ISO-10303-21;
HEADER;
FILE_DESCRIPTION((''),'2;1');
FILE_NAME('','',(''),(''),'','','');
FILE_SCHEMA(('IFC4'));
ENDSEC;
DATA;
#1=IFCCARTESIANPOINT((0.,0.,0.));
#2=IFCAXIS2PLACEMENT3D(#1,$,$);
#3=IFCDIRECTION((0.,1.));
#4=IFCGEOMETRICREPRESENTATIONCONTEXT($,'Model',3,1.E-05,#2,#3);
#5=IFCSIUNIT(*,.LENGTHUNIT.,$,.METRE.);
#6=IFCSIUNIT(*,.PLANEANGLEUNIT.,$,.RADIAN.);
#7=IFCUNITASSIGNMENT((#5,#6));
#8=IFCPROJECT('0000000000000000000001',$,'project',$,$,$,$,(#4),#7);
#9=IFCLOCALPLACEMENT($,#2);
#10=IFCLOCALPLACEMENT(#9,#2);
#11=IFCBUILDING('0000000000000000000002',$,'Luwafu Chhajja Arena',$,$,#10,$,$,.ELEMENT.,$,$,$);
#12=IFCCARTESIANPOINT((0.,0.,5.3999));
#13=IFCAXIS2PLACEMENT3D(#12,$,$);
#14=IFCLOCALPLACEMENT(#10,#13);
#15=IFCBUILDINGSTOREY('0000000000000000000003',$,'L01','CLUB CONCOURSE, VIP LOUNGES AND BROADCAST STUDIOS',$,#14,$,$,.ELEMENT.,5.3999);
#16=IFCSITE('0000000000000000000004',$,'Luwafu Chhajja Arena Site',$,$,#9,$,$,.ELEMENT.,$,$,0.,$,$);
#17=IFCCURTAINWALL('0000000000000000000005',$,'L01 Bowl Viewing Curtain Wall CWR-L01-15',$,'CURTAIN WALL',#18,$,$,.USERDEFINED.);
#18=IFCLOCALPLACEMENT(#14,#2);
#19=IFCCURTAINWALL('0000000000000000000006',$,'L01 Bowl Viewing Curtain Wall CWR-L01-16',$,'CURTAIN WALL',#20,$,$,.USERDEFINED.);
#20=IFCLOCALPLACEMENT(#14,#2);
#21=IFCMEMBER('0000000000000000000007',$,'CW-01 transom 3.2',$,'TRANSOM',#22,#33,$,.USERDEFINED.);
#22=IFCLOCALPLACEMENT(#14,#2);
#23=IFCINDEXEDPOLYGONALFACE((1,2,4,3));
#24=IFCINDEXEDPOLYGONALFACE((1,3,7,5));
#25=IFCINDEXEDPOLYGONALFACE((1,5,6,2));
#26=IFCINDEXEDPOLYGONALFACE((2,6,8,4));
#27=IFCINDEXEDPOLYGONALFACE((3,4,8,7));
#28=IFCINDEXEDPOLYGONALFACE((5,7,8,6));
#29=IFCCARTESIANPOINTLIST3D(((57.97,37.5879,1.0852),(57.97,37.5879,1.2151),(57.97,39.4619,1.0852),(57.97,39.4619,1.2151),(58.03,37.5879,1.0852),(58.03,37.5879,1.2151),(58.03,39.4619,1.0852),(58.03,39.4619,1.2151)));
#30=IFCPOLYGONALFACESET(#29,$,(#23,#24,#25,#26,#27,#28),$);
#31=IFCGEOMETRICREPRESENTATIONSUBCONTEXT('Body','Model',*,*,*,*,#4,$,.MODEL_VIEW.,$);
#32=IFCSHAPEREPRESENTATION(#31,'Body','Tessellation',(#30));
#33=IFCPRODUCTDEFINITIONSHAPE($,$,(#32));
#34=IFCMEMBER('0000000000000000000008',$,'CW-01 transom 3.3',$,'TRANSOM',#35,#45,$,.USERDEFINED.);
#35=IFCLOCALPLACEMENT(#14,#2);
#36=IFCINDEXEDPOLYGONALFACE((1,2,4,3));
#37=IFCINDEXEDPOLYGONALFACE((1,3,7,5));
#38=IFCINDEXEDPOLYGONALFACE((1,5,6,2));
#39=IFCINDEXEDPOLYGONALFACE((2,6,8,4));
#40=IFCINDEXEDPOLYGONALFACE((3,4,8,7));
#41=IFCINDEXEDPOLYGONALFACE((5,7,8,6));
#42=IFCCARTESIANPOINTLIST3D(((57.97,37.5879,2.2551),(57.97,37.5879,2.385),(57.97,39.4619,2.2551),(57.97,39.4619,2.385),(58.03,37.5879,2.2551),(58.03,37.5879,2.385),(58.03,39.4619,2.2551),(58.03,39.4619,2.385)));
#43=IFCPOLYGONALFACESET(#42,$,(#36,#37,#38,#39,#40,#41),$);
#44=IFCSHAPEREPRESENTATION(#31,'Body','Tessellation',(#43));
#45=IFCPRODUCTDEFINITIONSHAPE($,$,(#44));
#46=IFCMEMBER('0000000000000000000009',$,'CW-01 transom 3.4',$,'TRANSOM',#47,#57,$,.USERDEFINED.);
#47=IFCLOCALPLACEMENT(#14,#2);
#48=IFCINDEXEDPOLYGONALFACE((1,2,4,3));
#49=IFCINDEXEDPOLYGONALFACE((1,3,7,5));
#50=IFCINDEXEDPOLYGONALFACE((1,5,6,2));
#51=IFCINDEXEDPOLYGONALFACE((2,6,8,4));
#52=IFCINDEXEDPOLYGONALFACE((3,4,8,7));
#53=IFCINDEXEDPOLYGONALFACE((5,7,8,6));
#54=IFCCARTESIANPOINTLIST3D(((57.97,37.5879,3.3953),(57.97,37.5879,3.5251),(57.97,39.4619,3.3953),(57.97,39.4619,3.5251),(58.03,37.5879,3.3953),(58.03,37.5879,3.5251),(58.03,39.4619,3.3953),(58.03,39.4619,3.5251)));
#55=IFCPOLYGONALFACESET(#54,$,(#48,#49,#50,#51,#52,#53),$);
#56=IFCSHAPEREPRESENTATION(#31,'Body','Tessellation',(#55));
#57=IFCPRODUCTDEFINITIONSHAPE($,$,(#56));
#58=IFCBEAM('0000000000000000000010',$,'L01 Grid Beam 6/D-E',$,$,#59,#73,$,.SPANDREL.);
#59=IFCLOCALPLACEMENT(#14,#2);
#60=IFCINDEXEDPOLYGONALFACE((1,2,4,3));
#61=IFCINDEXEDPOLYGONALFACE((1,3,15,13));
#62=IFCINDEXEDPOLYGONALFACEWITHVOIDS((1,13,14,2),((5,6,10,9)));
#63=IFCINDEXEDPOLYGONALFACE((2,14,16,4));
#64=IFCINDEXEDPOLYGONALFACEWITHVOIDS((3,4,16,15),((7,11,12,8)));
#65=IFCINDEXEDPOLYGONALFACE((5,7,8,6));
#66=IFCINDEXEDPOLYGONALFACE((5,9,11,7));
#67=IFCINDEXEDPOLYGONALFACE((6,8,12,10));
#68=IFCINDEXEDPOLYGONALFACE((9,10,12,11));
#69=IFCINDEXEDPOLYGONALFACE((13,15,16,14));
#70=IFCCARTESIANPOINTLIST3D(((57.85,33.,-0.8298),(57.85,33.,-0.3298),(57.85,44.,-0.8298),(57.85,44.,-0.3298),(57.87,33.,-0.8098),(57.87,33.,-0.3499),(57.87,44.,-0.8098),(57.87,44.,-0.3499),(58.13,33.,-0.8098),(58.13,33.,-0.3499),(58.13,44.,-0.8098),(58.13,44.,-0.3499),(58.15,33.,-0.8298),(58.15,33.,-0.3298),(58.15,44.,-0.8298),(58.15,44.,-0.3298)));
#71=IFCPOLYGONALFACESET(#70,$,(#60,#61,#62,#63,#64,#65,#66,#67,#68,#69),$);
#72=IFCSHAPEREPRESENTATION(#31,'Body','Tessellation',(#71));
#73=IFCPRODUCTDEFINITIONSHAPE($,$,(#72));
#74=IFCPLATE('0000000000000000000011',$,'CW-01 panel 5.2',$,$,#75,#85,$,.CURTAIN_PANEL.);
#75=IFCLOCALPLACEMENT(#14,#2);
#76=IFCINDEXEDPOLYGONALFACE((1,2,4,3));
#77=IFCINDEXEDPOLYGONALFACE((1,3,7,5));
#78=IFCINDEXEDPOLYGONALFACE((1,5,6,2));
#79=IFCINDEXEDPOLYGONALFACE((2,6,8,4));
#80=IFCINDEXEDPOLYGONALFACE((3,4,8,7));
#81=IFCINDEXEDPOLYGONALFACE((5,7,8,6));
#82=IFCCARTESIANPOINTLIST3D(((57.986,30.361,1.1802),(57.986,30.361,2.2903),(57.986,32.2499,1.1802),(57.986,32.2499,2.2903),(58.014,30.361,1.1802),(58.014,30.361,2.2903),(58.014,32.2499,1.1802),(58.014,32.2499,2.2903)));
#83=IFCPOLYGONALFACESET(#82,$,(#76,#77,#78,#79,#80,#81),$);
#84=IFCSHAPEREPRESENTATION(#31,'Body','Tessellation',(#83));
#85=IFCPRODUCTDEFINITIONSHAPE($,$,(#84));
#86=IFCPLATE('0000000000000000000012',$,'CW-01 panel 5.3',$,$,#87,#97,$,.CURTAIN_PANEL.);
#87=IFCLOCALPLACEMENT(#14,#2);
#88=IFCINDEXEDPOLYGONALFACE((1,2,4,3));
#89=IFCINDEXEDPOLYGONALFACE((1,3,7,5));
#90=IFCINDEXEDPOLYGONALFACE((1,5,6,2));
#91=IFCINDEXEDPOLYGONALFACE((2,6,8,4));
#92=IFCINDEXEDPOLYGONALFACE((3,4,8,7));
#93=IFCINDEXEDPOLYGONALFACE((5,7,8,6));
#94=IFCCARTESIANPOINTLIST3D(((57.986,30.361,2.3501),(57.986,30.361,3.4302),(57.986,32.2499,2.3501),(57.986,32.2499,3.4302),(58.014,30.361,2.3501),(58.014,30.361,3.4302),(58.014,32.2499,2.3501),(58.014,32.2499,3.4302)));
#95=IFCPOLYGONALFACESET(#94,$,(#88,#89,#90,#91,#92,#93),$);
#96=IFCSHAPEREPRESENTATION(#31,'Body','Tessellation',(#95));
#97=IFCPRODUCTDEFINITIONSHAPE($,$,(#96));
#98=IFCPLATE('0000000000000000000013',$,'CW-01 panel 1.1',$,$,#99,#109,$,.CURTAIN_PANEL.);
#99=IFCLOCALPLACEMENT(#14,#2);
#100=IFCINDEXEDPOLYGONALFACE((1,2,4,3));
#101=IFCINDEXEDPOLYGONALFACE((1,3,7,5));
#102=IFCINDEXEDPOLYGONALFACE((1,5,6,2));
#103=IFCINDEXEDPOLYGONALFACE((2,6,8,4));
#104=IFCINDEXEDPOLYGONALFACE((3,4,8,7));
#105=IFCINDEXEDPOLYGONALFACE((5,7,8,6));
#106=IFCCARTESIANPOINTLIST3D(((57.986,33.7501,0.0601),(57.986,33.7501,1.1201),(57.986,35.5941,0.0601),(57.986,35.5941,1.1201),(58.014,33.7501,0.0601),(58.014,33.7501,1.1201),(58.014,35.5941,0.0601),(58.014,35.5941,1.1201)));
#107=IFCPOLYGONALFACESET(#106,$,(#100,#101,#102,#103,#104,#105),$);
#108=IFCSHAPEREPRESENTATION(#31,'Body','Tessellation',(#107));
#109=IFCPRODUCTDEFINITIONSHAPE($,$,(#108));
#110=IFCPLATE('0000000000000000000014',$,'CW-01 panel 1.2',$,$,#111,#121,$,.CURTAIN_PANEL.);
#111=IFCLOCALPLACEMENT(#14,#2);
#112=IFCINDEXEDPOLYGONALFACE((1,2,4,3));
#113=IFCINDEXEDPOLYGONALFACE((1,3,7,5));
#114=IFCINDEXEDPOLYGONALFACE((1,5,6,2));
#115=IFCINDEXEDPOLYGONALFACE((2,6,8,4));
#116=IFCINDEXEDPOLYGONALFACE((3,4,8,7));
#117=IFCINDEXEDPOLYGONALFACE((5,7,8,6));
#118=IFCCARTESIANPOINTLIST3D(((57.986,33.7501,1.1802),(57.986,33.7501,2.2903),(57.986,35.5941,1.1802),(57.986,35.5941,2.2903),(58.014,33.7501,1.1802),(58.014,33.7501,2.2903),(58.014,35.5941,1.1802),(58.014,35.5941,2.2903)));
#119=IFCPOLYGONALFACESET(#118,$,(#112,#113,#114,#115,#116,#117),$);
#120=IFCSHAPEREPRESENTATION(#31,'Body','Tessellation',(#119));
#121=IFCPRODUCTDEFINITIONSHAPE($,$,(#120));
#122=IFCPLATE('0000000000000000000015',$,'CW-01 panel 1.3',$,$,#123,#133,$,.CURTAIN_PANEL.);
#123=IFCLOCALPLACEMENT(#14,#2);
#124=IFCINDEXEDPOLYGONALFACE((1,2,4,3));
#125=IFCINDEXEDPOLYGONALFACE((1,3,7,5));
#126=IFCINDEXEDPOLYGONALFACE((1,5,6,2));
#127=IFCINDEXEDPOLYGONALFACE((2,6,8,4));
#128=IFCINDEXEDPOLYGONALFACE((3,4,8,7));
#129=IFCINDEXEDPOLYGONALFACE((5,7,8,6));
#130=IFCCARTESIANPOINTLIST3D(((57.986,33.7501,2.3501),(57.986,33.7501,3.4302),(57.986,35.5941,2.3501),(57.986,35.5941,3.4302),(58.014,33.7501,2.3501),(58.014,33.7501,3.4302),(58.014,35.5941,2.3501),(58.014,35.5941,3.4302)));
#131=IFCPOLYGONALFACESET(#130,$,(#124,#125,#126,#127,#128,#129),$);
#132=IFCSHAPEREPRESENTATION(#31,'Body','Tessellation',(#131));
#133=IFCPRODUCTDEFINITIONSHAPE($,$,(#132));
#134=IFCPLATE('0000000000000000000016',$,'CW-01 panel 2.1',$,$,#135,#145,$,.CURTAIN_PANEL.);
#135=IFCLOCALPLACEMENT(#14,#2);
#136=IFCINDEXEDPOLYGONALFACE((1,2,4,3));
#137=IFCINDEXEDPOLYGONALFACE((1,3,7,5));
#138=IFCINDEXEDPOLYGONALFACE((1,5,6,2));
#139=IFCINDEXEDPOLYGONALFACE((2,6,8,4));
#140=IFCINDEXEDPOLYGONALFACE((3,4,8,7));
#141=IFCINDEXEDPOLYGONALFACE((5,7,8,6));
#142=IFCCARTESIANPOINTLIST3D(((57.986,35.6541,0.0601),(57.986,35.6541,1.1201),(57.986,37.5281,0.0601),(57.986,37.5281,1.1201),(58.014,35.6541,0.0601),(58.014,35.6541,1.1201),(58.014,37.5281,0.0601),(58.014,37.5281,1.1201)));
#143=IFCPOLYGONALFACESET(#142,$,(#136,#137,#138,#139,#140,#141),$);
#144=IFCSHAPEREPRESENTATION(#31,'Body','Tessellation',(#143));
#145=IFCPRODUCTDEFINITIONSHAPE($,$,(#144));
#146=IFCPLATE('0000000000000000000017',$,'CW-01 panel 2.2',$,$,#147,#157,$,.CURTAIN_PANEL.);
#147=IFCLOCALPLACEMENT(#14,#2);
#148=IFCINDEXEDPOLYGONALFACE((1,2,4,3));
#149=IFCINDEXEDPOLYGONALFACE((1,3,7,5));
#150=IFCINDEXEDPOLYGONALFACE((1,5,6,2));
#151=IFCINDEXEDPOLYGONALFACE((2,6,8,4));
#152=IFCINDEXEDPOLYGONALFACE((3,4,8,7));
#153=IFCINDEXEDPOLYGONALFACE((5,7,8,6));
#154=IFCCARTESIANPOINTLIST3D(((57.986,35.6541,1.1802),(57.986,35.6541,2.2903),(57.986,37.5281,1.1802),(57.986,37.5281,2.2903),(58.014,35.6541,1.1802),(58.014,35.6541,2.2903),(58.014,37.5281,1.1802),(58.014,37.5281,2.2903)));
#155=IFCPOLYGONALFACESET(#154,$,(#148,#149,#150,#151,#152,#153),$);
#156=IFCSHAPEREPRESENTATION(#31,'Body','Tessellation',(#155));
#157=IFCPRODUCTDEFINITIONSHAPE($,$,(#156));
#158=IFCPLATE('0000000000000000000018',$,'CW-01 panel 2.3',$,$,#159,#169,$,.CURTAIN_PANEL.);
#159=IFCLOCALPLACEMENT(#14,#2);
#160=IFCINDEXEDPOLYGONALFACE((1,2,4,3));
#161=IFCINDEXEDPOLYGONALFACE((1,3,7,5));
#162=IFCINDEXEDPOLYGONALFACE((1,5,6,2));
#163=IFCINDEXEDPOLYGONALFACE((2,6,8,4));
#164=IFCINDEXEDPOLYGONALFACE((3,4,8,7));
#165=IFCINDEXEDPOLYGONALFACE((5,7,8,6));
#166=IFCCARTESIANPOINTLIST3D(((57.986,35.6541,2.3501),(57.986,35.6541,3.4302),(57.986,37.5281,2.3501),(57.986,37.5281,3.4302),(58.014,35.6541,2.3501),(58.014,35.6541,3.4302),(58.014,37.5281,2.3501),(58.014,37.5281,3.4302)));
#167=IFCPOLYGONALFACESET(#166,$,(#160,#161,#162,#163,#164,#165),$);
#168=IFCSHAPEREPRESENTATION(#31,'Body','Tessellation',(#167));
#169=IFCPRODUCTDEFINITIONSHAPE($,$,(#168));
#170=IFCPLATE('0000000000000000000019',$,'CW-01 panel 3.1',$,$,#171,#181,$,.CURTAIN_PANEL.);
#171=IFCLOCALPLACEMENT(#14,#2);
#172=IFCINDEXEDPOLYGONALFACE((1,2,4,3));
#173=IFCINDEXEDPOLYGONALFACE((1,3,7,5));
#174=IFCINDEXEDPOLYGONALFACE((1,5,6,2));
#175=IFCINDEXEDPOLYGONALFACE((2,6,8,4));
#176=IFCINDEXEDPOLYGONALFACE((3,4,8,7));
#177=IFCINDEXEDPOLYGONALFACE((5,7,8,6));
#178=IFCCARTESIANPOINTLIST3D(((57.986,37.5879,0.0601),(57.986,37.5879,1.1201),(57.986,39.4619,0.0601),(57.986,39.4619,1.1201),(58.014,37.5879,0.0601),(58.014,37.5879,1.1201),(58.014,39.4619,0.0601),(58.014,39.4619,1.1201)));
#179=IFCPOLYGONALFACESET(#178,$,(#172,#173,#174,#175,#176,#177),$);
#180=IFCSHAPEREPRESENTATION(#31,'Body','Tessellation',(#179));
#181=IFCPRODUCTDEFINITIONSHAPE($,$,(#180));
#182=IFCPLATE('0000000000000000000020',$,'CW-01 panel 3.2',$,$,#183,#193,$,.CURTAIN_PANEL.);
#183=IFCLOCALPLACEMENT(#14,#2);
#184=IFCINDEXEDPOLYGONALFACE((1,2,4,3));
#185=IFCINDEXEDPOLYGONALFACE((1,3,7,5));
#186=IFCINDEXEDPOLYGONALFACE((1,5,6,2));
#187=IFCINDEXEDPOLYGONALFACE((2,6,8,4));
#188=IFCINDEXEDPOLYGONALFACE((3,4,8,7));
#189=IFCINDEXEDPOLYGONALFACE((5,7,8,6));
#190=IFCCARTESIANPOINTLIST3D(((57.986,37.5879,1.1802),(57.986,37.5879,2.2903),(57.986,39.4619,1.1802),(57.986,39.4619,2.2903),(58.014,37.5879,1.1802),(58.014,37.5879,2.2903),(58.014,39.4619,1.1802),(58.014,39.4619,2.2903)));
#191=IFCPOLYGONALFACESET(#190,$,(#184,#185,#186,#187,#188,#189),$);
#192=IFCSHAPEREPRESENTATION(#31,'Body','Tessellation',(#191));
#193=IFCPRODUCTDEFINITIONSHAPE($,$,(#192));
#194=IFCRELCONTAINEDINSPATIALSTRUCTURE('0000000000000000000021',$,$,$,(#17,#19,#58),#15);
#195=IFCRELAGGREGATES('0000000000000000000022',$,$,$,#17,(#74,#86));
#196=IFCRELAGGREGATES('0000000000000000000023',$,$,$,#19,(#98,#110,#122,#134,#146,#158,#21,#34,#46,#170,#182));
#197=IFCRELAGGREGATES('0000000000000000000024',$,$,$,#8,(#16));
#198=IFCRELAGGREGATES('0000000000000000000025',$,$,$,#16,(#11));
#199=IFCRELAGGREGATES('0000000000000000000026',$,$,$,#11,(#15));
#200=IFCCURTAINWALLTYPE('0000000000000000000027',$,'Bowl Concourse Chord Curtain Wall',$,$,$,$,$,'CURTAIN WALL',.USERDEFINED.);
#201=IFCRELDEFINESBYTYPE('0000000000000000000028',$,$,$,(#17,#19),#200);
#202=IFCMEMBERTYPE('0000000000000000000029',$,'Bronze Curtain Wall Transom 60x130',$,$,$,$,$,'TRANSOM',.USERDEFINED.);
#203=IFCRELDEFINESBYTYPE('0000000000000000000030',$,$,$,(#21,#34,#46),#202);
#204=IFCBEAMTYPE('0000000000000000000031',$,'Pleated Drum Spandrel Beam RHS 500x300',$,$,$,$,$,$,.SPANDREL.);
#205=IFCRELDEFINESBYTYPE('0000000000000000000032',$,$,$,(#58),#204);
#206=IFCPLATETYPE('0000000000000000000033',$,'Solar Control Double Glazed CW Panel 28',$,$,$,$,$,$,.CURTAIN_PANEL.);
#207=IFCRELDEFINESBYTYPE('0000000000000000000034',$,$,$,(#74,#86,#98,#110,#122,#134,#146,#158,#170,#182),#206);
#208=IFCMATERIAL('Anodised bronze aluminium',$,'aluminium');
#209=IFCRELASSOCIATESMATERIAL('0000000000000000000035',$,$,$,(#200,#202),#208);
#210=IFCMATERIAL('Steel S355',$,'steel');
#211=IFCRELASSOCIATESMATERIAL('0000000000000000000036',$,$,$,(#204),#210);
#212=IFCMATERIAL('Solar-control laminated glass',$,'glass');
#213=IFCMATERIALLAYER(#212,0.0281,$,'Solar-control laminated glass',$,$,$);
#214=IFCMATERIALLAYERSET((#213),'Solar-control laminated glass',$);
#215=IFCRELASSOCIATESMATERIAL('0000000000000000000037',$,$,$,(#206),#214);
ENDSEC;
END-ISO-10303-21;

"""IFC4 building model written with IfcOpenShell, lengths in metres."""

from ifc_helpers import new_model, si_unit, direction, frame, origin, origin_2d, place, context, subcontext, project, spatial, rectangle, hollow_rectangle, extrude, material, layer, layer_set, material_profile, profile_set, type_object, element, aggregate, save


model = new_model("IFC4")

# Units and contexts
model_context = context("Model", 3, precision=1e-05, world=origin(), true_north=direction((0.0, 1.0)))
body_context = subcontext(model_context, "Body", "Model", "MODEL_VIEW")
ifc_project = project(units=[si_unit("LENGTHUNIT", "METRE"), si_unit("PLANEANGLEUNIT", "RADIAN")], contexts=[model_context])

# Site, building, storey
site_placement = place(None, origin())
site = spatial("IfcSite", under=ifc_project, at=site_placement, Name="Luwafu Chhajja Arena Site", CompositionType="ELEMENT", RefElevation=0.0)
building_placement = place(site_placement, origin())
building = spatial("IfcBuilding", under=site, at=building_placement, Name="Luwafu Chhajja Arena", CompositionType="ELEMENT")
storey_placement = place(building_placement, frame((0.0, 0.0, 5.3999)))
storey = spatial("IfcBuildingStorey", under=building, at=storey_placement, Name="L01", Description="CLUB CONCOURSE, VIP LOUNGES AND BROADCAST STUDIOS", CompositionType="ELEMENT", Elevation=5.3999)

# Curtain wall
ifc_material_1 = material(Name="Anodised bronze aluminium", Category="aluminium")
curtain_wall_type = type_object("IfcCurtainWallType", Name="Bowl Concourse Chord Curtain Wall", ElementType="CURTAIN WALL", PredefinedType="USERDEFINED", material=ifc_material_1)
curtain_wall_1_placement = place(storey_placement, origin())
curtain_wall_1 = element("IfcCurtainWall", 1, at=curtain_wall_1_placement, inside=storey, type_object=curtain_wall_type, Name="L01 Bowl Viewing Curtain Wall CWR-L01-15", ObjectType="CURTAIN WALL", PredefinedType="USERDEFINED")

# Curtain wall, members
curtain_wall_2_placement = place(storey_placement, origin())
curtain_wall_2 = element("IfcCurtainWall", 2, at=curtain_wall_2_placement, inside=storey, type_object=curtain_wall_type, Name="L01 Bowl Viewing Curtain Wall CWR-L01-16", ObjectType="CURTAIN WALL", PredefinedType="USERDEFINED")
ifc_material_profile_1 = material_profile(ifc_material_1, rectangle(XDim=0.0601, YDim=0.1299, at=origin_2d()), Name="CWT 60x130")
ifc_profile_set_1 = profile_set([ifc_material_profile_1], Name="Anodised bronze aluminium")
member_type_1 = type_object("IfcMemberType", Name="Bronze Curtain Wall Transom 60x130", ElementType="TRANSOM", PredefinedType="USERDEFINED", material=ifc_profile_set_1)
member_1_placement = place(storey_placement, frame((58.0, 37.5879, 1.1501), z_axis=(0.0, 1.0, 0.0), x_axis=(-1.0, 0.0, 0.0)))
member_1 = element("IfcMember", 3, at=member_1_placement, type_object=member_type_1, Name="CW-01 transom 3.2", ObjectType="TRANSOM", PredefinedType="USERDEFINED", context=body_context, shape_type="SweptSolid", body=[
    extrude(rectangle(XDim=0.0601, YDim=0.1299, at=origin_2d()), origin(), (0.0, 0.0, 1.0), 1.874),
])
member_2_placement = place(storey_placement, frame((58.0, 37.5879, 2.3201), z_axis=(0.0, 1.0, 0.0), x_axis=(-1.0, 0.0, 0.0)))
member_2 = element("IfcMember", 4, at=member_2_placement, type_object=member_type_1, Name="CW-01 transom 3.3", ObjectType="TRANSOM", PredefinedType="USERDEFINED", context=body_context, shape_type="SweptSolid", body=[
    extrude(rectangle(XDim=0.0601, YDim=0.1299, at=origin_2d()), origin(), (0.0, 0.0, 1.0), 1.874),
])
member_3_placement = place(storey_placement, frame((58.0, 37.5879, 3.4602), z_axis=(0.0, 1.0, 0.0), x_axis=(-1.0, 0.0, 0.0)))
member_3 = element("IfcMember", 5, at=member_3_placement, type_object=member_type_1, Name="CW-01 transom 3.4", ObjectType="TRANSOM", PredefinedType="USERDEFINED", context=body_context, shape_type="SweptSolid", body=[
    extrude(rectangle(XDim=0.0601, YDim=0.1299, at=origin_2d()), origin(), (0.0, 0.0, 1.0), 1.874),
])

# Beam
ifc_material_2 = material(Name="Steel S355", Category="steel")
ifc_material_profile_2 = material_profile(ifc_material_2, hollow_rectangle(XDim=0.3, YDim=0.5, WallThickness=0.02, at=origin_2d()), Name="RHS 500x300x20")
ifc_profile_set_2 = profile_set([ifc_material_profile_2], Name="Steel S355")
beam_type = type_object("IfcBeamType", Name="Pleated Drum Spandrel Beam RHS 500x300", PredefinedType="SPANDREL", material=ifc_profile_set_2)
beam_placement = place(storey_placement, frame((58.0, 33.0, -0.5798), z_axis=(0.0, 1.0, 0.0), x_axis=(-1.0, 0.0, 0.0)))
element("IfcBeam", 6, at=beam_placement, inside=storey, type_object=beam_type, Name="L01 Grid Beam 6/D-E", PredefinedType="SPANDREL", context=body_context, shape_type="SweptSolid", body=[
    extrude(hollow_rectangle(XDim=0.3, YDim=0.5, WallThickness=0.02, at=origin_2d()), origin(), (0.0, 0.0, 1.0), 11.0),
])

# Plates
ifc_material_3 = material(Name="Solar-control laminated glass", Category="glass")
ifc_layer = layer(ifc_material_3, 0.0281, Name="Solar-control laminated glass")
ifc_layer_set = layer_set([ifc_layer], Name="Solar-control laminated glass")
plate_type = type_object("IfcPlateType", Name="Solar Control Double Glazed CW Panel 28", PredefinedType="CURTAIN_PANEL", material=ifc_layer_set)
plate_1_placement = place(storey_placement, frame((58.0, 31.3054, 1.1802), z_axis=(0.0, 0.0, 1.0), x_axis=(0.0, 1.0, 0.0)))
plate_1 = element("IfcPlate", 7, at=plate_1_placement, type_object=plate_type, Name="CW-01 panel 5.2", PredefinedType="CURTAIN_PANEL", context=body_context, shape_type="SweptSolid", body=[
    extrude(rectangle(XDim=1.8889, YDim=0.0281, at=origin_2d()), origin(), (0.0, 0.0, 1.0), 1.1101),
])
plate_2_placement = place(storey_placement, frame((58.0, 31.3054, 2.3501), z_axis=(0.0, 0.0, 1.0), x_axis=(0.0, 1.0, 0.0)))
plate_2 = element("IfcPlate", 8, at=plate_2_placement, type_object=plate_type, Name="CW-01 panel 5.3", PredefinedType="CURTAIN_PANEL", context=body_context, shape_type="SweptSolid", body=[
    extrude(rectangle(XDim=1.8889, YDim=0.0281, at=origin_2d()), origin(), (0.0, 0.0, 1.0), 1.0801),
])
aggregate(curtain_wall_1, [plate_1, plate_2])
plate_3_placement = place(storey_placement, frame((58.0, 34.6721, 0.0601), z_axis=(0.0, 0.0, 1.0), x_axis=(0.0, 1.0, 0.0)))
plate_3 = element("IfcPlate", 9, at=plate_3_placement, type_object=plate_type, Name="CW-01 panel 1.1", PredefinedType="CURTAIN_PANEL", context=body_context, shape_type="SweptSolid", body=[
    extrude(rectangle(XDim=1.844, YDim=0.0281, at=origin_2d()), origin(), (0.0, 0.0, 1.0), 1.0601),
])
plate_4_placement = place(storey_placement, frame((58.0, 34.6721, 1.1802), z_axis=(0.0, 0.0, 1.0), x_axis=(0.0, 1.0, 0.0)))
plate_4 = element("IfcPlate", 10, at=plate_4_placement, type_object=plate_type, Name="CW-01 panel 1.2", PredefinedType="CURTAIN_PANEL", context=body_context, shape_type="SweptSolid", body=[
    extrude(rectangle(XDim=1.844, YDim=0.0281, at=origin_2d()), origin(), (0.0, 0.0, 1.0), 1.1101),
])
plate_5_placement = place(storey_placement, frame((58.0, 34.6721, 2.3501), z_axis=(0.0, 0.0, 1.0), x_axis=(0.0, 1.0, 0.0)))
plate_5 = element("IfcPlate", 11, at=plate_5_placement, type_object=plate_type, Name="CW-01 panel 1.3", PredefinedType="CURTAIN_PANEL", context=body_context, shape_type="SweptSolid", body=[
    extrude(rectangle(XDim=1.844, YDim=0.0281, at=origin_2d()), origin(), (0.0, 0.0, 1.0), 1.0801),
])
plate_6_placement = place(storey_placement, frame((58.0, 36.5911, 0.0601), z_axis=(0.0, 0.0, 1.0), x_axis=(0.0, 1.0, 0.0)))
plate_6 = element("IfcPlate", 12, at=plate_6_placement, type_object=plate_type, Name="CW-01 panel 2.1", PredefinedType="CURTAIN_PANEL", context=body_context, shape_type="SweptSolid", body=[
    extrude(rectangle(XDim=1.874, YDim=0.0281, at=origin_2d()), origin(), (0.0, 0.0, 1.0), 1.0601),
])
plate_7_placement = place(storey_placement, frame((58.0, 36.5911, 1.1802), z_axis=(0.0, 0.0, 1.0), x_axis=(0.0, 1.0, 0.0)))
plate_7 = element("IfcPlate", 13, at=plate_7_placement, type_object=plate_type, Name="CW-01 panel 2.2", PredefinedType="CURTAIN_PANEL", context=body_context, shape_type="SweptSolid", body=[
    extrude(rectangle(XDim=1.874, YDim=0.0281, at=origin_2d()), origin(), (0.0, 0.0, 1.0), 1.1101),
])
plate_8_placement = place(storey_placement, frame((58.0, 36.5911, 2.3501), z_axis=(0.0, 0.0, 1.0), x_axis=(0.0, 1.0, 0.0)))
plate_8 = element("IfcPlate", 14, at=plate_8_placement, type_object=plate_type, Name="CW-01 panel 2.3", PredefinedType="CURTAIN_PANEL", context=body_context, shape_type="SweptSolid", body=[
    extrude(rectangle(XDim=1.874, YDim=0.0281, at=origin_2d()), origin(), (0.0, 0.0, 1.0), 1.0801),
])
plate_9_placement = place(storey_placement, frame((58.0, 38.5249, 0.0601), z_axis=(0.0, 0.0, 1.0), x_axis=(0.0, 1.0, 0.0)))
plate_9 = element("IfcPlate", 15, at=plate_9_placement, type_object=plate_type, Name="CW-01 panel 3.1", PredefinedType="CURTAIN_PANEL", context=body_context, shape_type="SweptSolid", body=[
    extrude(rectangle(XDim=1.874, YDim=0.0281, at=origin_2d()), origin(), (0.0, 0.0, 1.0), 1.0601),
])
plate_10_placement = place(storey_placement, frame((58.0, 38.5249, 1.1802), z_axis=(0.0, 0.0, 1.0), x_axis=(0.0, 1.0, 0.0)))
plate_10 = element("IfcPlate", 16, at=plate_10_placement, type_object=plate_type, Name="CW-01 panel 3.2", PredefinedType="CURTAIN_PANEL", context=body_context, shape_type="SweptSolid", body=[
    extrude(rectangle(XDim=1.874, YDim=0.0281, at=origin_2d()), origin(), (0.0, 0.0, 1.0), 1.1101),
])
aggregate(curtain_wall_2, [plate_3, plate_4, plate_5, plate_6, plate_7, plate_8, member_1, member_2, member_3, plate_9, plate_10])

save(model, "model.ifc")
